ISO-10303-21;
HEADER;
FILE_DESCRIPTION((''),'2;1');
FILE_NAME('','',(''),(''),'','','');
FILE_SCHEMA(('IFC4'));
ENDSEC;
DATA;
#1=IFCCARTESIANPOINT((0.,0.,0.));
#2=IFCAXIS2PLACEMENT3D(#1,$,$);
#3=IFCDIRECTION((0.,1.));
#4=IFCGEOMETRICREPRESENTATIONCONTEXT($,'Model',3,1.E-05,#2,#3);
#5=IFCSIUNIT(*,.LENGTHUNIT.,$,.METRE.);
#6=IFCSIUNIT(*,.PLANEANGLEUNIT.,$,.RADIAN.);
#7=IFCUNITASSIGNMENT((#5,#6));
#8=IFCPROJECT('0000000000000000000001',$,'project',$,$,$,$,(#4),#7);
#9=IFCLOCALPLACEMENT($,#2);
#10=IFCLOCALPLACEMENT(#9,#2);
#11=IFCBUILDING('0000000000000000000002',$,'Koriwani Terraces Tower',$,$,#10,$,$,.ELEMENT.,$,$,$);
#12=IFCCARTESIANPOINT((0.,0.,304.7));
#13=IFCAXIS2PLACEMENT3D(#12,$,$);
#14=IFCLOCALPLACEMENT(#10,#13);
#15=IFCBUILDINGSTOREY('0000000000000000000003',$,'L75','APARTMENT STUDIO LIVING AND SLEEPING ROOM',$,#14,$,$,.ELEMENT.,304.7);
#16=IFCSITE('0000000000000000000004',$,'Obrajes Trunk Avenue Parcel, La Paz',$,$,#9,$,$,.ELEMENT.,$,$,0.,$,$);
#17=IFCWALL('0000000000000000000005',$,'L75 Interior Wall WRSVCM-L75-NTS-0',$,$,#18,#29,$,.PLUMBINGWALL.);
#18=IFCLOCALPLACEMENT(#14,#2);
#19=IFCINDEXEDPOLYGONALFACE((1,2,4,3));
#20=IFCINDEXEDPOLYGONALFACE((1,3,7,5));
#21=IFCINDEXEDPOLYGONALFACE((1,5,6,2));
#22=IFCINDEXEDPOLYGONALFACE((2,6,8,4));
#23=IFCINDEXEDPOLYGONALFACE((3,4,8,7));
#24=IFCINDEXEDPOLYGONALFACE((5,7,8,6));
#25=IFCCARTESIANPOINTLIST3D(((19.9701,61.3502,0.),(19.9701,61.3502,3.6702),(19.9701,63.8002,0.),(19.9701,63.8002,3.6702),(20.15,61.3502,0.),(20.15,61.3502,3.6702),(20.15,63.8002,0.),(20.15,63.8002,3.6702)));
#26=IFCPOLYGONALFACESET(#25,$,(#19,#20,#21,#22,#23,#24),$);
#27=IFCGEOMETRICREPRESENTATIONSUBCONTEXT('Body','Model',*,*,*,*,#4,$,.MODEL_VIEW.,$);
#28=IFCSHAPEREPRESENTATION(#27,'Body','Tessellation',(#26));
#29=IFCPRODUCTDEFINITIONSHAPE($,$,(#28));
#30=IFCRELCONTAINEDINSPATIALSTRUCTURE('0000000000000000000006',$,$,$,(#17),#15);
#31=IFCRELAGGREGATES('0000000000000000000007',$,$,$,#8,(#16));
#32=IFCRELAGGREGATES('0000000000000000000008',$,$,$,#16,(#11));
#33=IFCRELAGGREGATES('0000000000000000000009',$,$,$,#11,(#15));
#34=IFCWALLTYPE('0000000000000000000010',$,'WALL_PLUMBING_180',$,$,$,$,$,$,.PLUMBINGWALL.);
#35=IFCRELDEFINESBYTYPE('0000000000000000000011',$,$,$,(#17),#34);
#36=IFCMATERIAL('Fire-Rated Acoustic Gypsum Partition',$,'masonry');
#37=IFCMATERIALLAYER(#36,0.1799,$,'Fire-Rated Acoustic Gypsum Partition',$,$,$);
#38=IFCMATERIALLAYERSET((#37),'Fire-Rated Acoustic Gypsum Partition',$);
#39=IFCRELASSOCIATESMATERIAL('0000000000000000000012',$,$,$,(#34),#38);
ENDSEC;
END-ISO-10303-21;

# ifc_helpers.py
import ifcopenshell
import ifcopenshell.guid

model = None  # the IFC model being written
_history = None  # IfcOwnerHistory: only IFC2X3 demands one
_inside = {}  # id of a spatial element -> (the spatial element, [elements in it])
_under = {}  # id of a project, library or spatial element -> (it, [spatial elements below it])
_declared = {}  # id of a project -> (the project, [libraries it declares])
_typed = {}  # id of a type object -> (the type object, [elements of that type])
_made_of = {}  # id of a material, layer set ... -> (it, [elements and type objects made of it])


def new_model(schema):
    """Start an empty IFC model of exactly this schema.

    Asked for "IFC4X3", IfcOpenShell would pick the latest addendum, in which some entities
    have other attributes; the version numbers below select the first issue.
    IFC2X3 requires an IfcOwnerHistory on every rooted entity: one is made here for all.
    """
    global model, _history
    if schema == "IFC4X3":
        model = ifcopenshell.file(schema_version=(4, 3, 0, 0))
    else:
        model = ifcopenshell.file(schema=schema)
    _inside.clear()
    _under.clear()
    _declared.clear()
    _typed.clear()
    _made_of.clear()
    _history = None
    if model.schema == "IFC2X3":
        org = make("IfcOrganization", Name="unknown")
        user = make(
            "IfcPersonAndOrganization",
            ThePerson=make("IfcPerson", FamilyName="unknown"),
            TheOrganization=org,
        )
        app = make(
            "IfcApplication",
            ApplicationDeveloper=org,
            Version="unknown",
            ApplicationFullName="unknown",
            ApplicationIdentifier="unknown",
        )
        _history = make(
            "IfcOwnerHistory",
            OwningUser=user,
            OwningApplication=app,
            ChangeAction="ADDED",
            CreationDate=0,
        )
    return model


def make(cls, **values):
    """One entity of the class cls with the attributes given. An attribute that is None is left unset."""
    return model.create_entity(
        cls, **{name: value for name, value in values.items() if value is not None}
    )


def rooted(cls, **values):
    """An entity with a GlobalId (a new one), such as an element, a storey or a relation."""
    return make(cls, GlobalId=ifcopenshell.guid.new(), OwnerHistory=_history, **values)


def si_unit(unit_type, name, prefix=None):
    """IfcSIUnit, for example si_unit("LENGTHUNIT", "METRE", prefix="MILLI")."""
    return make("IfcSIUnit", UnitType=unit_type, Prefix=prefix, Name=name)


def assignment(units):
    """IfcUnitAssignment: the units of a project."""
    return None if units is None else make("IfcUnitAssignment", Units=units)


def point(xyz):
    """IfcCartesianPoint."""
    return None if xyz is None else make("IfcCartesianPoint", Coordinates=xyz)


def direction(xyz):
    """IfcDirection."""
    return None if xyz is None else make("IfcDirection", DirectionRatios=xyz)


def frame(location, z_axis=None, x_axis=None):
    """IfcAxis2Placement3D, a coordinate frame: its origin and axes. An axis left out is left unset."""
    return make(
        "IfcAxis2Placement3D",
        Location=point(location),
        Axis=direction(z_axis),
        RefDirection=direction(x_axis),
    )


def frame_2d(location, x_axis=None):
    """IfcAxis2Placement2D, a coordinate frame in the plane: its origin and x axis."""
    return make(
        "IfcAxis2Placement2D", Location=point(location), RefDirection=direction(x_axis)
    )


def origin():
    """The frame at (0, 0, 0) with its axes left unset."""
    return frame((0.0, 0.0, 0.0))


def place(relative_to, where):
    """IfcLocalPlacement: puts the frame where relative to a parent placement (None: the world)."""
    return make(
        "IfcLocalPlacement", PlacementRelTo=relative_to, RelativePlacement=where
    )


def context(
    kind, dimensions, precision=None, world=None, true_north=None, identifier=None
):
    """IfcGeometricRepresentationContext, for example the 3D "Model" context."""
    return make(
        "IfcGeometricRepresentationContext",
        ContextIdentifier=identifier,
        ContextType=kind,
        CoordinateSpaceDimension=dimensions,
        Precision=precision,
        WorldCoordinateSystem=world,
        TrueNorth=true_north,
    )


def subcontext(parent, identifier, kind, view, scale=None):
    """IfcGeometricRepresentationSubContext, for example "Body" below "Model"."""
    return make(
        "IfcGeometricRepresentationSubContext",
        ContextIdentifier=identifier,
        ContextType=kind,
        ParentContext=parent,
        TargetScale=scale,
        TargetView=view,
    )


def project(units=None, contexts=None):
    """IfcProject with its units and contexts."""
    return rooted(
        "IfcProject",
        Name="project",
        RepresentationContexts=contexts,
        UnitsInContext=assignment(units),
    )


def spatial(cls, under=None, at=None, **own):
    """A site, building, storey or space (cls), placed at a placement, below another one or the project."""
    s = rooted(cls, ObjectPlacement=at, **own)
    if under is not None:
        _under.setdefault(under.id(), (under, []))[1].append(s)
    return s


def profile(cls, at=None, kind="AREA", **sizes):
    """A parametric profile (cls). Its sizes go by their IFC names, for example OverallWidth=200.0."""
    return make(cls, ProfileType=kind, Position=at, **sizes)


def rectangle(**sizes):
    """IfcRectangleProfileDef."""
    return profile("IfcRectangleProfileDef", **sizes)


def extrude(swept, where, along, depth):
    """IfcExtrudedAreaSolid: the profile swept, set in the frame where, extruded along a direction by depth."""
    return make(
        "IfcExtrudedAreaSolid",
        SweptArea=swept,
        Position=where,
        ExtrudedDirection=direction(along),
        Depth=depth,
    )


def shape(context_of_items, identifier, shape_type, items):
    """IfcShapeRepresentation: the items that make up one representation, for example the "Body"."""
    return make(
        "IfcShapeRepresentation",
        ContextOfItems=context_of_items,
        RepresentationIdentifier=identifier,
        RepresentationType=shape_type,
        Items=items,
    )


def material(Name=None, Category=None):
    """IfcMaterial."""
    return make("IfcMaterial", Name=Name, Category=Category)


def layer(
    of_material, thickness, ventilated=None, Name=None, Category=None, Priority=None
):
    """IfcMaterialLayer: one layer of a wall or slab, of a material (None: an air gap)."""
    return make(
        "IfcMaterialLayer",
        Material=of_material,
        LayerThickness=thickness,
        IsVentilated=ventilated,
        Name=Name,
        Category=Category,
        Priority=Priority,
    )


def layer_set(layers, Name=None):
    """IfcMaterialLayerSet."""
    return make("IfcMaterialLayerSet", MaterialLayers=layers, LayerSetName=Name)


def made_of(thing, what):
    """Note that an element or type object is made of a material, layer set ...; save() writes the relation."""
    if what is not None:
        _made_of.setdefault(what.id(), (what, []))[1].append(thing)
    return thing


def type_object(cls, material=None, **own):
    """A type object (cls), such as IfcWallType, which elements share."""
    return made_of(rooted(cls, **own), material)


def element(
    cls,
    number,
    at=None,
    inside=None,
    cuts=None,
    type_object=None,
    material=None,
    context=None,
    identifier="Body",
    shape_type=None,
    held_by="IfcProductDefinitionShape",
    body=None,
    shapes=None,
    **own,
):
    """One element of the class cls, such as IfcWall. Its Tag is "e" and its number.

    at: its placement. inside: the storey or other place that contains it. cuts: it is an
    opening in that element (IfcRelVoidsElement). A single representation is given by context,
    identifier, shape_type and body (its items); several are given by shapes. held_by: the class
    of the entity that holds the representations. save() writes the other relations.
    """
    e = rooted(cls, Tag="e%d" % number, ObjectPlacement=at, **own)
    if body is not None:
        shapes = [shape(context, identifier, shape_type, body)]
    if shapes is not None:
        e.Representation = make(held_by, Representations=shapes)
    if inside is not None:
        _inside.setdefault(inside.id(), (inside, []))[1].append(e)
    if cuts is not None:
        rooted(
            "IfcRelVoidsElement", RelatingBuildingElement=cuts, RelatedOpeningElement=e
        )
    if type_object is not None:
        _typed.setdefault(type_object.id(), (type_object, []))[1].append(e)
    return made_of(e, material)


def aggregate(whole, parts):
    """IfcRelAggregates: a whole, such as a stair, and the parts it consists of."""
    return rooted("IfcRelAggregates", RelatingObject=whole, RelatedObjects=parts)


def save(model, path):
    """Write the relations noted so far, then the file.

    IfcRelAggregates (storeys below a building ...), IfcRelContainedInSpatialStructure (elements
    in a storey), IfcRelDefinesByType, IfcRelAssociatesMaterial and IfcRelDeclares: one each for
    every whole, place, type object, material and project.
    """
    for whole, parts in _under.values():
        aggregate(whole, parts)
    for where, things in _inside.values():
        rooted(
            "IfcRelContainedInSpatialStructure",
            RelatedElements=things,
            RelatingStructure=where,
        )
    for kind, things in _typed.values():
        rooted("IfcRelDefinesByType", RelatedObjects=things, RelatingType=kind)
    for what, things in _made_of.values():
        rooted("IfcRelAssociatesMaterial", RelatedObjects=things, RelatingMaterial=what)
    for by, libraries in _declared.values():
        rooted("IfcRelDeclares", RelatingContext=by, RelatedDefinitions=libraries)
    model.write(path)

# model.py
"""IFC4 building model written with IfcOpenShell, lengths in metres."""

from ifc_helpers import new_model, si_unit, direction, frame, frame_2d, origin, place, context, subcontext, project, spatial, rectangle, extrude, material, layer, layer_set, type_object, element, save


model = new_model("IFC4")

# Units and contexts
model_context = context("Model", 3, precision=1e-05, world=origin(), true_north=direction((0.0, 1.0)))
body_context = subcontext(model_context, "Body", "Model", "MODEL_VIEW")
ifc_project = project(units=[si_unit("LENGTHUNIT", "METRE"), si_unit("PLANEANGLEUNIT", "RADIAN")], contexts=[model_context])

# Site, building, storey
site_placement = place(None, origin())
site = spatial("IfcSite", under=ifc_project, at=site_placement, Name="Obrajes Trunk Avenue Parcel, La Paz", CompositionType="ELEMENT", RefElevation=0.0)
building_placement = place(site_placement, origin())
building = spatial("IfcBuilding", under=site, at=building_placement, Name="Koriwani Terraces Tower", CompositionType="ELEMENT")
storey_placement = place(building_placement, frame((0.0, 0.0, 304.7)))
storey = spatial("IfcBuildingStorey", under=building, at=storey_placement, Name="L75", Description="APARTMENT STUDIO LIVING AND SLEEPING ROOM", CompositionType="ELEMENT", Elevation=304.7)

# Shared definitions
ifc_material_1 = material(Name="Fire-Rated Acoustic Gypsum Partition", Category="masonry")
ifc_layer_1 = layer(ifc_material_1, 0.1799, Name="Fire-Rated Acoustic Gypsum Partition")
ifc_layer_set_1 = layer_set([ifc_layer_1], Name="Fire-Rated Acoustic Gypsum Partition")
wall_type_1 = type_object("IfcWallType", Name="WALL_PLUMBING_180", PredefinedType="PLUMBINGWALL", material=ifc_layer_set_1)

# Wall
for number, where, z_axis, x_axis, name in (
    (1, (20.0601, 61.3501, 0.0), (0.0, 0.0, 1.0), (0.0, 1.0, 0.0), "L75 Interior Wall WRSVCM-L75-NTS-0"),
):
    element("IfcWall", number, at=place(storey_placement, frame(where, z_axis=z_axis, x_axis=x_axis)), inside=storey, type_object=wall_type_1, Name=name, PredefinedType="PLUMBINGWALL", context=body_context, shape_type="SweptSolid", body=[
        extrude(rectangle(XDim=2.45, YDim=0.1799, at=frame_2d((1.2251, 0.0))), origin(), (0.0, 0.0, 1.0), 3.6702),
    ])

save(model, "model.ifc")
